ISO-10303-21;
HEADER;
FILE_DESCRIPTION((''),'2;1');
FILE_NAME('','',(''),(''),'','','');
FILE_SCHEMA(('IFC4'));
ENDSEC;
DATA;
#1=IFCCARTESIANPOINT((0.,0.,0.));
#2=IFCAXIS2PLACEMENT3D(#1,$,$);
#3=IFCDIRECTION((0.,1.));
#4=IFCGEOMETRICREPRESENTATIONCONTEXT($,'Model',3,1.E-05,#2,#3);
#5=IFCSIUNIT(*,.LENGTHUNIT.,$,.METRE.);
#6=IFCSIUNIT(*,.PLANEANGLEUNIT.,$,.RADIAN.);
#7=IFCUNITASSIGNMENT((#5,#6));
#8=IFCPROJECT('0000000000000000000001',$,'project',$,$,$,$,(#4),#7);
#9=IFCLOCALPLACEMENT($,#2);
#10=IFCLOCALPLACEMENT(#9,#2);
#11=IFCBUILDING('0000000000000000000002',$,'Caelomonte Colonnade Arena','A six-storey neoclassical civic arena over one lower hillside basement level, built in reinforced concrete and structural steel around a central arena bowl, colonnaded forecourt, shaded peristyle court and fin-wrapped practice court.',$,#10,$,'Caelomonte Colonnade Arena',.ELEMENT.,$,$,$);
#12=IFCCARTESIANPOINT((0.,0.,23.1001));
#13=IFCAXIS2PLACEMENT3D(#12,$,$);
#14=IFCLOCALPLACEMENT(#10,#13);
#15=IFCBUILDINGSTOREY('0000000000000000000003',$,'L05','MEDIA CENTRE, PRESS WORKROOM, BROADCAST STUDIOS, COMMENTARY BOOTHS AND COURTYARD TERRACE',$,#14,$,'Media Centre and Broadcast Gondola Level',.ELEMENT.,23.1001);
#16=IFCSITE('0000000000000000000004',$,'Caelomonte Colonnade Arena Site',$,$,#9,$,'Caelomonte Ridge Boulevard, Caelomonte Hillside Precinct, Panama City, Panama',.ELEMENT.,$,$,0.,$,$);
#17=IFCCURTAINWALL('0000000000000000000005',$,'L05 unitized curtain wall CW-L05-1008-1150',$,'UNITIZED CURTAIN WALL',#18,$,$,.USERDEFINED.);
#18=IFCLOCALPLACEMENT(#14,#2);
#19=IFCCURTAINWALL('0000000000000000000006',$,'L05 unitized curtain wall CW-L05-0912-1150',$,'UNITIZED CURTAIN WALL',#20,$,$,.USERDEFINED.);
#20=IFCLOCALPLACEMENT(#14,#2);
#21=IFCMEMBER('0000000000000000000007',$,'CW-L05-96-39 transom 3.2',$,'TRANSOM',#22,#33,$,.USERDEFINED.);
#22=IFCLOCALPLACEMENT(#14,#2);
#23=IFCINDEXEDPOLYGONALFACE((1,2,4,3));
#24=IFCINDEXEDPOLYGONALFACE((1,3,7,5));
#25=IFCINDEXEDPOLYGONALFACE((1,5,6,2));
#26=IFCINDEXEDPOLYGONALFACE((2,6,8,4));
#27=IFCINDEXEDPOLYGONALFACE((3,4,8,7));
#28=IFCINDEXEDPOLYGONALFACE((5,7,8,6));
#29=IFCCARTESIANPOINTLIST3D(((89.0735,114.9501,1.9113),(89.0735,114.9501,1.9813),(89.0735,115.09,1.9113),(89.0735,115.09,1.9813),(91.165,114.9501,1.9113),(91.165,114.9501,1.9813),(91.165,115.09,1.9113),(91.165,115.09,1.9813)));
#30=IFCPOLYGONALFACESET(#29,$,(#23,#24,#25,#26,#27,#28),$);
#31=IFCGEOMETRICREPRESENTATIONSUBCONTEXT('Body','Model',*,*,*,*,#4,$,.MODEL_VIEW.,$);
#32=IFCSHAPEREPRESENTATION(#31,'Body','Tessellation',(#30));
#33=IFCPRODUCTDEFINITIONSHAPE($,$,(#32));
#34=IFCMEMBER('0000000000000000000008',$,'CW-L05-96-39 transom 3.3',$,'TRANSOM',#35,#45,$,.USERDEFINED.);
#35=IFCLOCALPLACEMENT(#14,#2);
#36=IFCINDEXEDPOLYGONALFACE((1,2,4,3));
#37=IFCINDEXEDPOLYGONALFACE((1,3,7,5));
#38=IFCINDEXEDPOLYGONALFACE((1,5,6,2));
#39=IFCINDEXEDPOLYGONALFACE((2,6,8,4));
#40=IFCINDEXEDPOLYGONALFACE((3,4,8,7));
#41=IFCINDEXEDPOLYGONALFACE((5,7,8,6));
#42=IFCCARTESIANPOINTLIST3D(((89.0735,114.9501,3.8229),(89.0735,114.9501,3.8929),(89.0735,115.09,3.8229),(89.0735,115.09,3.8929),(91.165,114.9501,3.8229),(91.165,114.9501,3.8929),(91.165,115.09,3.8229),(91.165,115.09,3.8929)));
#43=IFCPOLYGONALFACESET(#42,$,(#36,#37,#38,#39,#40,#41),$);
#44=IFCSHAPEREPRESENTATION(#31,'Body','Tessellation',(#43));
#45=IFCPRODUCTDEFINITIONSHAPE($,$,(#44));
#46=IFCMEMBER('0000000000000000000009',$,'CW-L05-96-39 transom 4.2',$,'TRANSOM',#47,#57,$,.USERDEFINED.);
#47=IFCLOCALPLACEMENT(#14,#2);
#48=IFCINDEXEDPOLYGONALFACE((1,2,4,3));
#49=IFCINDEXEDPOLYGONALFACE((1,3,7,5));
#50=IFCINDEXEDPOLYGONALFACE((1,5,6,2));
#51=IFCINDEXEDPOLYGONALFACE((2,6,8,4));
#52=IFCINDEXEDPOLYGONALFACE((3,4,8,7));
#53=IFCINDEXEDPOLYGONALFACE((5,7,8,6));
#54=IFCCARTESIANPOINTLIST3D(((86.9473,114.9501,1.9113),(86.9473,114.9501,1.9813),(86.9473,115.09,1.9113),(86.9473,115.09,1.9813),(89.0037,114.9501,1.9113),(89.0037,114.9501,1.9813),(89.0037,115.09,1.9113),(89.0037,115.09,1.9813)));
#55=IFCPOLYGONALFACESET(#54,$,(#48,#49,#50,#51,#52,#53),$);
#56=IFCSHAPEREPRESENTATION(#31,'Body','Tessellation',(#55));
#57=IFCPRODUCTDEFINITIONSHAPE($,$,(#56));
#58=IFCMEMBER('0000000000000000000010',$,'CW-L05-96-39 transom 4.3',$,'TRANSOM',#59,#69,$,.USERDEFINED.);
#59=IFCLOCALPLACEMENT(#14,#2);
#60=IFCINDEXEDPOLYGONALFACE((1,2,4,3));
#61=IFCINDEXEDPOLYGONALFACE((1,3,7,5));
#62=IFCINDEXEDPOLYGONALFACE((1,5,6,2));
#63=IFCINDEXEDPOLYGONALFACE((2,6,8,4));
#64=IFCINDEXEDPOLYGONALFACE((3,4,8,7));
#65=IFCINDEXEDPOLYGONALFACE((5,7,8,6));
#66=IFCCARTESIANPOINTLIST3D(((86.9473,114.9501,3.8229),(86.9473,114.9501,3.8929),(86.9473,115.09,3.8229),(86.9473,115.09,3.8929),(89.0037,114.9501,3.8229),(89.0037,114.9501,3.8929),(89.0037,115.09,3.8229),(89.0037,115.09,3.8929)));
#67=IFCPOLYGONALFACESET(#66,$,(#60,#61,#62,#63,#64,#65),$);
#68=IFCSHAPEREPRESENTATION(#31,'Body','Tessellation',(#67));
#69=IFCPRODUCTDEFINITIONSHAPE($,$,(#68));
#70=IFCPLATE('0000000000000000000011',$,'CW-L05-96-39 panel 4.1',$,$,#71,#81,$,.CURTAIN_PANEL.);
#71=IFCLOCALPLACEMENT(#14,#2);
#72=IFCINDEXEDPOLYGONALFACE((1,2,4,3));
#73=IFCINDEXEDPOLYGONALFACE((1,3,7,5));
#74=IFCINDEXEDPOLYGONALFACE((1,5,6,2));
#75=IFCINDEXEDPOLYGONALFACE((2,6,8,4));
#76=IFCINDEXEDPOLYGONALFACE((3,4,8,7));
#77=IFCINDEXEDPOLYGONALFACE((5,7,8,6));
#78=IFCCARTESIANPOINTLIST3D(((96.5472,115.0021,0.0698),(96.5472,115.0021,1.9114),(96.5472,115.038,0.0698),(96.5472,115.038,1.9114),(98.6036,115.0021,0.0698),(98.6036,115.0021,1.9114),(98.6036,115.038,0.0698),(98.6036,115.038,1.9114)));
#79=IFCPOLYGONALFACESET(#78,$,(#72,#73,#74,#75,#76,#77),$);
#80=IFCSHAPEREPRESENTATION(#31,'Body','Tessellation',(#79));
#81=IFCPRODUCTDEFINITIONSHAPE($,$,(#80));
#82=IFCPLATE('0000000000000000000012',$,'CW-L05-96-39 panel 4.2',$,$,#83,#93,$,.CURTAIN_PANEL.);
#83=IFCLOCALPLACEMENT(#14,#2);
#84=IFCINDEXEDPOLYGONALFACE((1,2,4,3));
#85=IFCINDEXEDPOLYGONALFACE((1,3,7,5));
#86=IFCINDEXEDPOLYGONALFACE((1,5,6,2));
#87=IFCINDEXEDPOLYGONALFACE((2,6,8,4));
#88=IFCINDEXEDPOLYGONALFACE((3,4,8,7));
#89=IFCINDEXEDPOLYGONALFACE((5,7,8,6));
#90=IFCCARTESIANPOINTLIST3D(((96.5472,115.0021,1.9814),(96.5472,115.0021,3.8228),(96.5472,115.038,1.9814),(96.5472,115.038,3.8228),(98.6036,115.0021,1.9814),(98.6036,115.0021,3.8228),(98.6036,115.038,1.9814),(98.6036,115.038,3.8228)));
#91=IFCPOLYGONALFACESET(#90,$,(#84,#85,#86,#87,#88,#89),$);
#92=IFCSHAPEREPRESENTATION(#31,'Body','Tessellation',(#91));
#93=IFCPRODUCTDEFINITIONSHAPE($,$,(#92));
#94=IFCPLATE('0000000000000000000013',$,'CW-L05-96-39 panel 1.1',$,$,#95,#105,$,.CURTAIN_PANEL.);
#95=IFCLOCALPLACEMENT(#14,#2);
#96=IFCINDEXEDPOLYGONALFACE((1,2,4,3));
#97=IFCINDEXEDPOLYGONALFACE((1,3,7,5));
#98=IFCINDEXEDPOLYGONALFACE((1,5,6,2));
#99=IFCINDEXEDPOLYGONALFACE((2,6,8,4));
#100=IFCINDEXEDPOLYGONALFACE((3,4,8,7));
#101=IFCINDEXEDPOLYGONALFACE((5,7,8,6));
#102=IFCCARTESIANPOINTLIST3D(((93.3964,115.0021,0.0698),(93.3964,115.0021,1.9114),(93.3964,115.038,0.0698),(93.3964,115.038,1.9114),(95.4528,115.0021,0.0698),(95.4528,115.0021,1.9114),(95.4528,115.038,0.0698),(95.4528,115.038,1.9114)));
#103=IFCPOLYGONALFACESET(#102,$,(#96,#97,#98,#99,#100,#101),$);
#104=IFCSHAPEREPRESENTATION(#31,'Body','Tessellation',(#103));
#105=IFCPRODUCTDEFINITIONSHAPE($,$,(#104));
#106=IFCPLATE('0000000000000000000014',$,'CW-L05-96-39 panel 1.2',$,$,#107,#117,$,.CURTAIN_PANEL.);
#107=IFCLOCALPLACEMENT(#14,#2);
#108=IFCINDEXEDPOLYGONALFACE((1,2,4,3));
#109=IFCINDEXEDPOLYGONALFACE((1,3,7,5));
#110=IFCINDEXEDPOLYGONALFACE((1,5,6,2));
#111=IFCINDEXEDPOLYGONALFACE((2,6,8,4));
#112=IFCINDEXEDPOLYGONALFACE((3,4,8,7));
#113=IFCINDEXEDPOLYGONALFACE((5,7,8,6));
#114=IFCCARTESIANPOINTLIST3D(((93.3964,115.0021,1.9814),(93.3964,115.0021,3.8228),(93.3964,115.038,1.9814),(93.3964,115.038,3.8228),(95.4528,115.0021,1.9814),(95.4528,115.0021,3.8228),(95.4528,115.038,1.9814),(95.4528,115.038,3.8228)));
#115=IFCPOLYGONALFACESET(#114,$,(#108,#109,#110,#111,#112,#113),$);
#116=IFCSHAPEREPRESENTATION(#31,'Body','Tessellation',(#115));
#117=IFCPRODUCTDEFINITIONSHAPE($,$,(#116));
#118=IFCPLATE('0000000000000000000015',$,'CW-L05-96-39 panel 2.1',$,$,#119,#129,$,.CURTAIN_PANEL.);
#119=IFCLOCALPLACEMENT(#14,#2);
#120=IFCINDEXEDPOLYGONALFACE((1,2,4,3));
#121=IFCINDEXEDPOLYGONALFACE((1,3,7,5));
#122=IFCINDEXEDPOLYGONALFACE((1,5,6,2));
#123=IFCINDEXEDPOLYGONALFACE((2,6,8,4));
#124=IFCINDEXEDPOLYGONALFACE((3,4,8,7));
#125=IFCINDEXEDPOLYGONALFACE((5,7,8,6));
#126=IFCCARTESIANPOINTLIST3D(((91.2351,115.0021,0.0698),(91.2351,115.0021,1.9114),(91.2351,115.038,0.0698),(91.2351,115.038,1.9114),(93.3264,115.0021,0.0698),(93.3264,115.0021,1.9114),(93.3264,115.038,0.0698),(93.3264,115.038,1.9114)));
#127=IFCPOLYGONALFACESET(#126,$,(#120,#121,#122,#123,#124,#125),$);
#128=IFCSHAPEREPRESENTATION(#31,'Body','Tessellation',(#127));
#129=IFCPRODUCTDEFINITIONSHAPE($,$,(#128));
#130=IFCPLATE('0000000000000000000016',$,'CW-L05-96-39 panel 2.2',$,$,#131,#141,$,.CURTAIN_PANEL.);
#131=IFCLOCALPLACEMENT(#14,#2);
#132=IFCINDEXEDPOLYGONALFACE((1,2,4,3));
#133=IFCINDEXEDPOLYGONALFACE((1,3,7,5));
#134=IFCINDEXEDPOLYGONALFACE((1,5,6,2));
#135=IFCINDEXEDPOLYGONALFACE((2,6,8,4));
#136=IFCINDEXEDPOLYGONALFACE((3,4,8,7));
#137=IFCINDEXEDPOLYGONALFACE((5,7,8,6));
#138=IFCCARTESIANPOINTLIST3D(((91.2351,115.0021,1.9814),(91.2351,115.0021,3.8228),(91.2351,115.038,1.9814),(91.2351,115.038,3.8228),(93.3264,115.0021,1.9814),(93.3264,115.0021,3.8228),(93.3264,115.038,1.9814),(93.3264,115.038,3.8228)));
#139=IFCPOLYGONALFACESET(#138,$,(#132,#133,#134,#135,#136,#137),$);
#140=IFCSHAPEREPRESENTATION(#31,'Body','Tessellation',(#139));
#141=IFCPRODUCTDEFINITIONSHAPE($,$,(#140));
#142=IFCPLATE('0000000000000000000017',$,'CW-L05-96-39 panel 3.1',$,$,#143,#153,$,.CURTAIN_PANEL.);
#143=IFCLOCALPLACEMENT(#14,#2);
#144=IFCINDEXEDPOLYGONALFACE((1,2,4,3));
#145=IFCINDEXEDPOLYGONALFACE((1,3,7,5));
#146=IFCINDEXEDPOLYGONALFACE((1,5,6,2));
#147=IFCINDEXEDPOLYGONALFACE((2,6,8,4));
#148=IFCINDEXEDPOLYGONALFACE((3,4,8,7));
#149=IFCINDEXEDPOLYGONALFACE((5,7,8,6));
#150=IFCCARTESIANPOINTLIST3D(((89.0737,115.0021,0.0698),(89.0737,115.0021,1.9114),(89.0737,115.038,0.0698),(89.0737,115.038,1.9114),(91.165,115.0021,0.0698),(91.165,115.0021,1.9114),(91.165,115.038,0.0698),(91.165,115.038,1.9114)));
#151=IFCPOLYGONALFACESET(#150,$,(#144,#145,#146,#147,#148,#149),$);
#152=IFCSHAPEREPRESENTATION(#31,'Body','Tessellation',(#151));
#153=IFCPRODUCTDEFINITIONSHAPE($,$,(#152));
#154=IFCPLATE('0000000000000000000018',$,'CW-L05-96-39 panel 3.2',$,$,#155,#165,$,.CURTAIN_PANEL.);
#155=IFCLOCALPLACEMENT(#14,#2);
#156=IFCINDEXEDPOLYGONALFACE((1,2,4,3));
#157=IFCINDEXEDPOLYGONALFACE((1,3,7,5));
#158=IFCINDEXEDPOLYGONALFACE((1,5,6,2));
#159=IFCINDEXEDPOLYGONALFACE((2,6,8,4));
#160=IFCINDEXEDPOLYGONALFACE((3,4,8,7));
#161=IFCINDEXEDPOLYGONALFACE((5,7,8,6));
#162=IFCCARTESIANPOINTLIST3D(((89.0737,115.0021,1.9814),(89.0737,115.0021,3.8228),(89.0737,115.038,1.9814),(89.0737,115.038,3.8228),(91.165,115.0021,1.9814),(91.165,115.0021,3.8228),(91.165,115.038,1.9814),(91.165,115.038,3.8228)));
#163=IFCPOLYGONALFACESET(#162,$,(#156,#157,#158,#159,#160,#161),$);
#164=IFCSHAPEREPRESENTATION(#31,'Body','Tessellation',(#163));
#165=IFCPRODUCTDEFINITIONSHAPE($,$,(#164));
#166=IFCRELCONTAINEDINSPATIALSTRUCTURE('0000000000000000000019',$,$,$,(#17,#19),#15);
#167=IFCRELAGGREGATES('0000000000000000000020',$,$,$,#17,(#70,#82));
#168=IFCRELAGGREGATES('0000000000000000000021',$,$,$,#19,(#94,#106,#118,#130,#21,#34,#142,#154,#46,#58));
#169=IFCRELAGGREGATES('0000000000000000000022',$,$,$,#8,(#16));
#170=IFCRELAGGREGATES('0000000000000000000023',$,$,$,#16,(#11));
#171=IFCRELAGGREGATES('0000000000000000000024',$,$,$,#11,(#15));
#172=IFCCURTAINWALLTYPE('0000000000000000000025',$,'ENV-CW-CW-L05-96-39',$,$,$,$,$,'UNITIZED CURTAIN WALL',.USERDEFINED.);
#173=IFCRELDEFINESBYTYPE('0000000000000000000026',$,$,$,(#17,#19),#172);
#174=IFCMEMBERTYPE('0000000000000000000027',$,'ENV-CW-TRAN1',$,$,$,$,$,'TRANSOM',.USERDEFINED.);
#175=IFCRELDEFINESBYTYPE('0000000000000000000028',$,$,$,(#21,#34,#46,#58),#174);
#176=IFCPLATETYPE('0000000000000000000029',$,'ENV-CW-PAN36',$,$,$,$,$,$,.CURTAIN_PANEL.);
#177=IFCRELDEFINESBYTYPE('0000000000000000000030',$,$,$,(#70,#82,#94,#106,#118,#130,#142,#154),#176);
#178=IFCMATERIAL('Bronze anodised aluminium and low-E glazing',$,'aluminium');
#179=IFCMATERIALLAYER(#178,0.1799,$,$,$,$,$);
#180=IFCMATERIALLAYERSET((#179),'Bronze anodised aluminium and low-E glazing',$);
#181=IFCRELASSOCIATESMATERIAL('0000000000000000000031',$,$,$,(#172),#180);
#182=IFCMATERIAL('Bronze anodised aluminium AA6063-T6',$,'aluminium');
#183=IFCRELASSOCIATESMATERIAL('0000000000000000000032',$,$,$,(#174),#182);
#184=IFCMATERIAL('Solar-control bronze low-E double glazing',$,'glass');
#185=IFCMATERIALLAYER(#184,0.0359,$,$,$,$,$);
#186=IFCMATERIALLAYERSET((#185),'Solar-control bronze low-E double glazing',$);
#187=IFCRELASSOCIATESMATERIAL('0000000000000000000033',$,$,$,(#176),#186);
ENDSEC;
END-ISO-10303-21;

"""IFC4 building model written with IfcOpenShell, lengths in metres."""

from ifc_helpers import new_model, si_unit, direction, frame, origin, origin_2d, place, context, subcontext, project, spatial, rectangle, extrude, material, layer, layer_set, material_profile, profile_set, type_object, element, aggregate, save


model = new_model("IFC4")

# Units and contexts
model_context = context("Model", 3, precision=1e-05, world=origin(), true_north=direction((0.0, 1.0)))
body_context = subcontext(model_context, "Body", "Model", "MODEL_VIEW")
ifc_project = project(units=[si_unit("LENGTHUNIT", "METRE"), si_unit("PLANEANGLEUNIT", "RADIAN")], contexts=[model_context])

# Site, building, storey
site_placement = place(None, origin())
site = spatial("IfcSite", under=ifc_project, at=site_placement, Name="Caelomonte Colonnade Arena Site", LongName="Caelomonte Ridge Boulevard, Caelomonte Hillside Precinct, Panama City, Panama", CompositionType="ELEMENT", RefElevation=0.0)
building_placement = place(site_placement, origin())
building = spatial("IfcBuilding", under=site, at=building_placement, Name="Caelomonte Colonnade Arena", Description="A six-storey neoclassical civic arena over one lower hillside basement level, built in reinforced concrete and structural steel around a central arena bowl, colonnaded forecourt, shaded peristyle court and fin-wrapped practice court.", LongName="Caelomonte Colonnade Arena", CompositionType="ELEMENT")
storey_placement = place(building_placement, frame((0.0, 0.0, 23.1001)))
storey = spatial("IfcBuildingStorey", under=building, at=storey_placement, Name="L05", Description="MEDIA CENTRE, PRESS WORKROOM, BROADCAST STUDIOS, COMMENTARY BOOTHS AND COURTYARD TERRACE", LongName="Media Centre and Broadcast Gondola Level", CompositionType="ELEMENT", Elevation=23.1001)

# Curtain wall
ifc_material_1 = material(Name="Bronze anodised aluminium and low-E glazing", Category="aluminium")
ifc_layer_1 = layer(ifc_material_1, 0.1799)
ifc_layer_set_1 = layer_set([ifc_layer_1], Name="Bronze anodised aluminium and low-E glazing")
curtain_wall_type = type_object("IfcCurtainWallType", Name="ENV-CW-CW-L05-96-39", ElementType="UNITIZED CURTAIN WALL", PredefinedType="USERDEFINED", material=ifc_layer_set_1)
curtain_wall_1_placement = place(storey_placement, origin())
curtain_wall_1 = element("IfcCurtainWall", 1, at=curtain_wall_1_placement, inside=storey, type_object=curtain_wall_type, Name="L05 unitized curtain wall CW-L05-1008-1150", ObjectType="UNITIZED CURTAIN WALL", PredefinedType="USERDEFINED")
ifc_material_2 = material(Name="Bronze anodised aluminium AA6063-T6", Category="aluminium")

# Curtain wall
curtain_wall_2_placement = place(storey_placement, origin())
curtain_wall_2 = element("IfcCurtainWall", 2, at=curtain_wall_2_placement, inside=storey, type_object=curtain_wall_type, Name="L05 unitized curtain wall CW-L05-0912-1150", ObjectType="UNITIZED CURTAIN WALL", PredefinedType="USERDEFINED")

# Members
ifc_material_profile_1 = material_profile(ifc_material_2, rectangle(XDim=0.0701, YDim=0.1399, at=origin_2d()), Name="CWT-70X140")
ifc_profile_set_1 = profile_set([ifc_material_profile_1], Name="Bronze anodised aluminium AA6063-T6")
member_type_1 = type_object("IfcMemberType", Name="ENV-CW-TRAN1", ElementType="TRANSOM", PredefinedType="USERDEFINED", material=ifc_profile_set_1)
member_1_placement = place(storey_placement, frame((91.165, 115.02, 1.9463), z_axis=(-1.0, 0.0, 0.0), x_axis=(0.0, 0.0, 1.0)))
member_1 = element("IfcMember", 3, at=member_1_placement, type_object=member_type_1, Name="CW-L05-96-39 transom 3.2", ObjectType="TRANSOM", PredefinedType="USERDEFINED", context=body_context, shape_type="SweptSolid", body=[
    extrude(rectangle(XDim=0.0701, YDim=0.1399, at=origin_2d()), origin(), (0.0, 0.0, 1.0), 2.0916),
])
member_2_placement = place(storey_placement, frame((91.165, 115.02, 3.8579), z_axis=(-1.0, 0.0, 0.0), x_axis=(0.0, 0.0, 1.0)))
member_2 = element("IfcMember", 4, at=member_2_placement, type_object=member_type_1, Name="CW-L05-96-39 transom 3.3", ObjectType="TRANSOM", PredefinedType="USERDEFINED", context=body_context, shape_type="SweptSolid", body=[
    extrude(rectangle(XDim=0.0701, YDim=0.1399, at=origin_2d()), origin(), (0.0, 0.0, 1.0), 2.0916),
])
member_3_placement = place(storey_placement, frame((89.0037, 115.02, 1.9463), z_axis=(-1.0, 0.0, 0.0), x_axis=(0.0, 0.0, 1.0)))
member_3 = element("IfcMember", 5, at=member_3_placement, type_object=member_type_1, Name="CW-L05-96-39 transom 4.2", ObjectType="TRANSOM", PredefinedType="USERDEFINED", context=body_context, shape_type="SweptSolid", body=[
    extrude(rectangle(XDim=0.0701, YDim=0.1399, at=origin_2d()), origin(), (0.0, 0.0, 1.0), 2.0564),
])
member_4_placement = place(storey_placement, frame((89.0037, 115.02, 3.8579), z_axis=(-1.0, 0.0, 0.0), x_axis=(0.0, 0.0, 1.0)))
member_4 = element("IfcMember", 6, at=member_4_placement, type_object=member_type_1, Name="CW-L05-96-39 transom 4.3", ObjectType="TRANSOM", PredefinedType="USERDEFINED", context=body_context, shape_type="SweptSolid", body=[
    extrude(rectangle(XDim=0.0701, YDim=0.1399, at=origin_2d()), origin(), (0.0, 0.0, 1.0), 2.0564),
])

# Plates
ifc_material_3 = material(Name="Solar-control bronze low-E double glazing", Category="glass")
ifc_layer_2 = layer(ifc_material_3, 0.0359)
ifc_layer_set_2 = layer_set([ifc_layer_2], Name="Solar-control bronze low-E double glazing")
plate_type = type_object("IfcPlateType", Name="ENV-CW-PAN36", PredefinedType="CURTAIN_PANEL", material=ifc_layer_set_2)
plate_1_placement = place(storey_placement, frame((97.5754, 115.02, 0.0698), z_axis=(0.0, 0.0, 1.0), x_axis=(-1.0, 0.0, 0.0)))
plate_1 = element("IfcPlate", 7, at=plate_1_placement, type_object=plate_type, Name="CW-L05-96-39 panel 4.1", PredefinedType="CURTAIN_PANEL", context=body_context, shape_type="SweptSolid", body=[
    extrude(rectangle(XDim=2.0564, YDim=0.0359, at=origin_2d()), origin(), (0.0, 0.0, 1.0), 1.8416),
])
plate_2_placement = place(storey_placement, frame((97.5754, 115.02, 1.9814), z_axis=(0.0, 0.0, 1.0), x_axis=(-1.0, 0.0, 0.0)))
plate_2 = element("IfcPlate", 8, at=plate_2_placement, type_object=plate_type, Name="CW-L05-96-39 panel 4.2", PredefinedType="CURTAIN_PANEL", context=body_context, shape_type="SweptSolid", body=[
    extrude(rectangle(XDim=2.0564, YDim=0.0359, at=origin_2d()), origin(), (0.0, 0.0, 1.0), 1.8413),
])
aggregate(curtain_wall_1, [plate_1, plate_2])
plate_3_placement = place(storey_placement, frame((94.4246, 115.02, 0.0698), z_axis=(0.0, 0.0, 1.0), x_axis=(-1.0, 0.0, 0.0)))
plate_3 = element("IfcPlate", 9, at=plate_3_placement, type_object=plate_type, Name="CW-L05-96-39 panel 1.1", PredefinedType="CURTAIN_PANEL", context=body_context, shape_type="SweptSolid", body=[
    extrude(rectangle(XDim=2.0564, YDim=0.0359, at=origin_2d()), origin(), (0.0, 0.0, 1.0), 1.8416),
])
plate_4_placement = place(storey_placement, frame((94.4246, 115.02, 1.9814), z_axis=(0.0, 0.0, 1.0), x_axis=(-1.0, 0.0, 0.0)))
plate_4 = element("IfcPlate", 10, at=plate_4_placement, type_object=plate_type, Name="CW-L05-96-39 panel 1.2", PredefinedType="CURTAIN_PANEL", context=body_context, shape_type="SweptSolid", body=[
    extrude(rectangle(XDim=2.0564, YDim=0.0359, at=origin_2d()), origin(), (0.0, 0.0, 1.0), 1.8413),
])
plate_5_placement = place(storey_placement, frame((92.2808, 115.02, 0.0698), z_axis=(0.0, 0.0, 1.0), x_axis=(-1.0, 0.0, 0.0)))
plate_5 = element("IfcPlate", 11, at=plate_5_placement, type_object=plate_type, Name="CW-L05-96-39 panel 2.1", PredefinedType="CURTAIN_PANEL", context=body_context, shape_type="SweptSolid", body=[
    extrude(rectangle(XDim=2.0913, YDim=0.0359, at=origin_2d()), origin(), (0.0, 0.0, 1.0), 1.8416),
])
plate_6_placement = place(storey_placement, frame((92.2808, 115.02, 1.9814), z_axis=(0.0, 0.0, 1.0), x_axis=(-1.0, 0.0, 0.0)))
plate_6 = element("IfcPlate", 12, at=plate_6_placement, type_object=plate_type, Name="CW-L05-96-39 panel 2.2", PredefinedType="CURTAIN_PANEL", context=body_context, shape_type="SweptSolid", body=[
    extrude(rectangle(XDim=2.0913, YDim=0.0359, at=origin_2d()), origin(), (0.0, 0.0, 1.0), 1.8413),
])
plate_7_placement = place(storey_placement, frame((90.1194, 115.02, 0.0698), z_axis=(0.0, 0.0, 1.0), x_axis=(-1.0, 0.0, 0.0)))
plate_7 = element("IfcPlate", 13, at=plate_7_placement, type_object=plate_type, Name="CW-L05-96-39 panel 3.1", PredefinedType="CURTAIN_PANEL", context=body_context, shape_type="SweptSolid", body=[
    extrude(rectangle(XDim=2.0913, YDim=0.0359, at=origin_2d()), origin(), (0.0, 0.0, 1.0), 1.8416),
])
plate_8_placement = place(storey_placement, frame((90.1194, 115.02, 1.9814), z_axis=(0.0, 0.0, 1.0), x_axis=(-1.0, 0.0, 0.0)))
plate_8 = element("IfcPlate", 14, at=plate_8_placement, type_object=plate_type, Name="CW-L05-96-39 panel 3.2", PredefinedType="CURTAIN_PANEL", context=body_context, shape_type="SweptSolid", body=[
    extrude(rectangle(XDim=2.0913, YDim=0.0359, at=origin_2d()), origin(), (0.0, 0.0, 1.0), 1.8413),
])
aggregate(curtain_wall_2, [plate_3, plate_4, plate_5, plate_6, member_1, member_2, plate_7, plate_8, member_3, member_4])

save(model, "model.ifc")
